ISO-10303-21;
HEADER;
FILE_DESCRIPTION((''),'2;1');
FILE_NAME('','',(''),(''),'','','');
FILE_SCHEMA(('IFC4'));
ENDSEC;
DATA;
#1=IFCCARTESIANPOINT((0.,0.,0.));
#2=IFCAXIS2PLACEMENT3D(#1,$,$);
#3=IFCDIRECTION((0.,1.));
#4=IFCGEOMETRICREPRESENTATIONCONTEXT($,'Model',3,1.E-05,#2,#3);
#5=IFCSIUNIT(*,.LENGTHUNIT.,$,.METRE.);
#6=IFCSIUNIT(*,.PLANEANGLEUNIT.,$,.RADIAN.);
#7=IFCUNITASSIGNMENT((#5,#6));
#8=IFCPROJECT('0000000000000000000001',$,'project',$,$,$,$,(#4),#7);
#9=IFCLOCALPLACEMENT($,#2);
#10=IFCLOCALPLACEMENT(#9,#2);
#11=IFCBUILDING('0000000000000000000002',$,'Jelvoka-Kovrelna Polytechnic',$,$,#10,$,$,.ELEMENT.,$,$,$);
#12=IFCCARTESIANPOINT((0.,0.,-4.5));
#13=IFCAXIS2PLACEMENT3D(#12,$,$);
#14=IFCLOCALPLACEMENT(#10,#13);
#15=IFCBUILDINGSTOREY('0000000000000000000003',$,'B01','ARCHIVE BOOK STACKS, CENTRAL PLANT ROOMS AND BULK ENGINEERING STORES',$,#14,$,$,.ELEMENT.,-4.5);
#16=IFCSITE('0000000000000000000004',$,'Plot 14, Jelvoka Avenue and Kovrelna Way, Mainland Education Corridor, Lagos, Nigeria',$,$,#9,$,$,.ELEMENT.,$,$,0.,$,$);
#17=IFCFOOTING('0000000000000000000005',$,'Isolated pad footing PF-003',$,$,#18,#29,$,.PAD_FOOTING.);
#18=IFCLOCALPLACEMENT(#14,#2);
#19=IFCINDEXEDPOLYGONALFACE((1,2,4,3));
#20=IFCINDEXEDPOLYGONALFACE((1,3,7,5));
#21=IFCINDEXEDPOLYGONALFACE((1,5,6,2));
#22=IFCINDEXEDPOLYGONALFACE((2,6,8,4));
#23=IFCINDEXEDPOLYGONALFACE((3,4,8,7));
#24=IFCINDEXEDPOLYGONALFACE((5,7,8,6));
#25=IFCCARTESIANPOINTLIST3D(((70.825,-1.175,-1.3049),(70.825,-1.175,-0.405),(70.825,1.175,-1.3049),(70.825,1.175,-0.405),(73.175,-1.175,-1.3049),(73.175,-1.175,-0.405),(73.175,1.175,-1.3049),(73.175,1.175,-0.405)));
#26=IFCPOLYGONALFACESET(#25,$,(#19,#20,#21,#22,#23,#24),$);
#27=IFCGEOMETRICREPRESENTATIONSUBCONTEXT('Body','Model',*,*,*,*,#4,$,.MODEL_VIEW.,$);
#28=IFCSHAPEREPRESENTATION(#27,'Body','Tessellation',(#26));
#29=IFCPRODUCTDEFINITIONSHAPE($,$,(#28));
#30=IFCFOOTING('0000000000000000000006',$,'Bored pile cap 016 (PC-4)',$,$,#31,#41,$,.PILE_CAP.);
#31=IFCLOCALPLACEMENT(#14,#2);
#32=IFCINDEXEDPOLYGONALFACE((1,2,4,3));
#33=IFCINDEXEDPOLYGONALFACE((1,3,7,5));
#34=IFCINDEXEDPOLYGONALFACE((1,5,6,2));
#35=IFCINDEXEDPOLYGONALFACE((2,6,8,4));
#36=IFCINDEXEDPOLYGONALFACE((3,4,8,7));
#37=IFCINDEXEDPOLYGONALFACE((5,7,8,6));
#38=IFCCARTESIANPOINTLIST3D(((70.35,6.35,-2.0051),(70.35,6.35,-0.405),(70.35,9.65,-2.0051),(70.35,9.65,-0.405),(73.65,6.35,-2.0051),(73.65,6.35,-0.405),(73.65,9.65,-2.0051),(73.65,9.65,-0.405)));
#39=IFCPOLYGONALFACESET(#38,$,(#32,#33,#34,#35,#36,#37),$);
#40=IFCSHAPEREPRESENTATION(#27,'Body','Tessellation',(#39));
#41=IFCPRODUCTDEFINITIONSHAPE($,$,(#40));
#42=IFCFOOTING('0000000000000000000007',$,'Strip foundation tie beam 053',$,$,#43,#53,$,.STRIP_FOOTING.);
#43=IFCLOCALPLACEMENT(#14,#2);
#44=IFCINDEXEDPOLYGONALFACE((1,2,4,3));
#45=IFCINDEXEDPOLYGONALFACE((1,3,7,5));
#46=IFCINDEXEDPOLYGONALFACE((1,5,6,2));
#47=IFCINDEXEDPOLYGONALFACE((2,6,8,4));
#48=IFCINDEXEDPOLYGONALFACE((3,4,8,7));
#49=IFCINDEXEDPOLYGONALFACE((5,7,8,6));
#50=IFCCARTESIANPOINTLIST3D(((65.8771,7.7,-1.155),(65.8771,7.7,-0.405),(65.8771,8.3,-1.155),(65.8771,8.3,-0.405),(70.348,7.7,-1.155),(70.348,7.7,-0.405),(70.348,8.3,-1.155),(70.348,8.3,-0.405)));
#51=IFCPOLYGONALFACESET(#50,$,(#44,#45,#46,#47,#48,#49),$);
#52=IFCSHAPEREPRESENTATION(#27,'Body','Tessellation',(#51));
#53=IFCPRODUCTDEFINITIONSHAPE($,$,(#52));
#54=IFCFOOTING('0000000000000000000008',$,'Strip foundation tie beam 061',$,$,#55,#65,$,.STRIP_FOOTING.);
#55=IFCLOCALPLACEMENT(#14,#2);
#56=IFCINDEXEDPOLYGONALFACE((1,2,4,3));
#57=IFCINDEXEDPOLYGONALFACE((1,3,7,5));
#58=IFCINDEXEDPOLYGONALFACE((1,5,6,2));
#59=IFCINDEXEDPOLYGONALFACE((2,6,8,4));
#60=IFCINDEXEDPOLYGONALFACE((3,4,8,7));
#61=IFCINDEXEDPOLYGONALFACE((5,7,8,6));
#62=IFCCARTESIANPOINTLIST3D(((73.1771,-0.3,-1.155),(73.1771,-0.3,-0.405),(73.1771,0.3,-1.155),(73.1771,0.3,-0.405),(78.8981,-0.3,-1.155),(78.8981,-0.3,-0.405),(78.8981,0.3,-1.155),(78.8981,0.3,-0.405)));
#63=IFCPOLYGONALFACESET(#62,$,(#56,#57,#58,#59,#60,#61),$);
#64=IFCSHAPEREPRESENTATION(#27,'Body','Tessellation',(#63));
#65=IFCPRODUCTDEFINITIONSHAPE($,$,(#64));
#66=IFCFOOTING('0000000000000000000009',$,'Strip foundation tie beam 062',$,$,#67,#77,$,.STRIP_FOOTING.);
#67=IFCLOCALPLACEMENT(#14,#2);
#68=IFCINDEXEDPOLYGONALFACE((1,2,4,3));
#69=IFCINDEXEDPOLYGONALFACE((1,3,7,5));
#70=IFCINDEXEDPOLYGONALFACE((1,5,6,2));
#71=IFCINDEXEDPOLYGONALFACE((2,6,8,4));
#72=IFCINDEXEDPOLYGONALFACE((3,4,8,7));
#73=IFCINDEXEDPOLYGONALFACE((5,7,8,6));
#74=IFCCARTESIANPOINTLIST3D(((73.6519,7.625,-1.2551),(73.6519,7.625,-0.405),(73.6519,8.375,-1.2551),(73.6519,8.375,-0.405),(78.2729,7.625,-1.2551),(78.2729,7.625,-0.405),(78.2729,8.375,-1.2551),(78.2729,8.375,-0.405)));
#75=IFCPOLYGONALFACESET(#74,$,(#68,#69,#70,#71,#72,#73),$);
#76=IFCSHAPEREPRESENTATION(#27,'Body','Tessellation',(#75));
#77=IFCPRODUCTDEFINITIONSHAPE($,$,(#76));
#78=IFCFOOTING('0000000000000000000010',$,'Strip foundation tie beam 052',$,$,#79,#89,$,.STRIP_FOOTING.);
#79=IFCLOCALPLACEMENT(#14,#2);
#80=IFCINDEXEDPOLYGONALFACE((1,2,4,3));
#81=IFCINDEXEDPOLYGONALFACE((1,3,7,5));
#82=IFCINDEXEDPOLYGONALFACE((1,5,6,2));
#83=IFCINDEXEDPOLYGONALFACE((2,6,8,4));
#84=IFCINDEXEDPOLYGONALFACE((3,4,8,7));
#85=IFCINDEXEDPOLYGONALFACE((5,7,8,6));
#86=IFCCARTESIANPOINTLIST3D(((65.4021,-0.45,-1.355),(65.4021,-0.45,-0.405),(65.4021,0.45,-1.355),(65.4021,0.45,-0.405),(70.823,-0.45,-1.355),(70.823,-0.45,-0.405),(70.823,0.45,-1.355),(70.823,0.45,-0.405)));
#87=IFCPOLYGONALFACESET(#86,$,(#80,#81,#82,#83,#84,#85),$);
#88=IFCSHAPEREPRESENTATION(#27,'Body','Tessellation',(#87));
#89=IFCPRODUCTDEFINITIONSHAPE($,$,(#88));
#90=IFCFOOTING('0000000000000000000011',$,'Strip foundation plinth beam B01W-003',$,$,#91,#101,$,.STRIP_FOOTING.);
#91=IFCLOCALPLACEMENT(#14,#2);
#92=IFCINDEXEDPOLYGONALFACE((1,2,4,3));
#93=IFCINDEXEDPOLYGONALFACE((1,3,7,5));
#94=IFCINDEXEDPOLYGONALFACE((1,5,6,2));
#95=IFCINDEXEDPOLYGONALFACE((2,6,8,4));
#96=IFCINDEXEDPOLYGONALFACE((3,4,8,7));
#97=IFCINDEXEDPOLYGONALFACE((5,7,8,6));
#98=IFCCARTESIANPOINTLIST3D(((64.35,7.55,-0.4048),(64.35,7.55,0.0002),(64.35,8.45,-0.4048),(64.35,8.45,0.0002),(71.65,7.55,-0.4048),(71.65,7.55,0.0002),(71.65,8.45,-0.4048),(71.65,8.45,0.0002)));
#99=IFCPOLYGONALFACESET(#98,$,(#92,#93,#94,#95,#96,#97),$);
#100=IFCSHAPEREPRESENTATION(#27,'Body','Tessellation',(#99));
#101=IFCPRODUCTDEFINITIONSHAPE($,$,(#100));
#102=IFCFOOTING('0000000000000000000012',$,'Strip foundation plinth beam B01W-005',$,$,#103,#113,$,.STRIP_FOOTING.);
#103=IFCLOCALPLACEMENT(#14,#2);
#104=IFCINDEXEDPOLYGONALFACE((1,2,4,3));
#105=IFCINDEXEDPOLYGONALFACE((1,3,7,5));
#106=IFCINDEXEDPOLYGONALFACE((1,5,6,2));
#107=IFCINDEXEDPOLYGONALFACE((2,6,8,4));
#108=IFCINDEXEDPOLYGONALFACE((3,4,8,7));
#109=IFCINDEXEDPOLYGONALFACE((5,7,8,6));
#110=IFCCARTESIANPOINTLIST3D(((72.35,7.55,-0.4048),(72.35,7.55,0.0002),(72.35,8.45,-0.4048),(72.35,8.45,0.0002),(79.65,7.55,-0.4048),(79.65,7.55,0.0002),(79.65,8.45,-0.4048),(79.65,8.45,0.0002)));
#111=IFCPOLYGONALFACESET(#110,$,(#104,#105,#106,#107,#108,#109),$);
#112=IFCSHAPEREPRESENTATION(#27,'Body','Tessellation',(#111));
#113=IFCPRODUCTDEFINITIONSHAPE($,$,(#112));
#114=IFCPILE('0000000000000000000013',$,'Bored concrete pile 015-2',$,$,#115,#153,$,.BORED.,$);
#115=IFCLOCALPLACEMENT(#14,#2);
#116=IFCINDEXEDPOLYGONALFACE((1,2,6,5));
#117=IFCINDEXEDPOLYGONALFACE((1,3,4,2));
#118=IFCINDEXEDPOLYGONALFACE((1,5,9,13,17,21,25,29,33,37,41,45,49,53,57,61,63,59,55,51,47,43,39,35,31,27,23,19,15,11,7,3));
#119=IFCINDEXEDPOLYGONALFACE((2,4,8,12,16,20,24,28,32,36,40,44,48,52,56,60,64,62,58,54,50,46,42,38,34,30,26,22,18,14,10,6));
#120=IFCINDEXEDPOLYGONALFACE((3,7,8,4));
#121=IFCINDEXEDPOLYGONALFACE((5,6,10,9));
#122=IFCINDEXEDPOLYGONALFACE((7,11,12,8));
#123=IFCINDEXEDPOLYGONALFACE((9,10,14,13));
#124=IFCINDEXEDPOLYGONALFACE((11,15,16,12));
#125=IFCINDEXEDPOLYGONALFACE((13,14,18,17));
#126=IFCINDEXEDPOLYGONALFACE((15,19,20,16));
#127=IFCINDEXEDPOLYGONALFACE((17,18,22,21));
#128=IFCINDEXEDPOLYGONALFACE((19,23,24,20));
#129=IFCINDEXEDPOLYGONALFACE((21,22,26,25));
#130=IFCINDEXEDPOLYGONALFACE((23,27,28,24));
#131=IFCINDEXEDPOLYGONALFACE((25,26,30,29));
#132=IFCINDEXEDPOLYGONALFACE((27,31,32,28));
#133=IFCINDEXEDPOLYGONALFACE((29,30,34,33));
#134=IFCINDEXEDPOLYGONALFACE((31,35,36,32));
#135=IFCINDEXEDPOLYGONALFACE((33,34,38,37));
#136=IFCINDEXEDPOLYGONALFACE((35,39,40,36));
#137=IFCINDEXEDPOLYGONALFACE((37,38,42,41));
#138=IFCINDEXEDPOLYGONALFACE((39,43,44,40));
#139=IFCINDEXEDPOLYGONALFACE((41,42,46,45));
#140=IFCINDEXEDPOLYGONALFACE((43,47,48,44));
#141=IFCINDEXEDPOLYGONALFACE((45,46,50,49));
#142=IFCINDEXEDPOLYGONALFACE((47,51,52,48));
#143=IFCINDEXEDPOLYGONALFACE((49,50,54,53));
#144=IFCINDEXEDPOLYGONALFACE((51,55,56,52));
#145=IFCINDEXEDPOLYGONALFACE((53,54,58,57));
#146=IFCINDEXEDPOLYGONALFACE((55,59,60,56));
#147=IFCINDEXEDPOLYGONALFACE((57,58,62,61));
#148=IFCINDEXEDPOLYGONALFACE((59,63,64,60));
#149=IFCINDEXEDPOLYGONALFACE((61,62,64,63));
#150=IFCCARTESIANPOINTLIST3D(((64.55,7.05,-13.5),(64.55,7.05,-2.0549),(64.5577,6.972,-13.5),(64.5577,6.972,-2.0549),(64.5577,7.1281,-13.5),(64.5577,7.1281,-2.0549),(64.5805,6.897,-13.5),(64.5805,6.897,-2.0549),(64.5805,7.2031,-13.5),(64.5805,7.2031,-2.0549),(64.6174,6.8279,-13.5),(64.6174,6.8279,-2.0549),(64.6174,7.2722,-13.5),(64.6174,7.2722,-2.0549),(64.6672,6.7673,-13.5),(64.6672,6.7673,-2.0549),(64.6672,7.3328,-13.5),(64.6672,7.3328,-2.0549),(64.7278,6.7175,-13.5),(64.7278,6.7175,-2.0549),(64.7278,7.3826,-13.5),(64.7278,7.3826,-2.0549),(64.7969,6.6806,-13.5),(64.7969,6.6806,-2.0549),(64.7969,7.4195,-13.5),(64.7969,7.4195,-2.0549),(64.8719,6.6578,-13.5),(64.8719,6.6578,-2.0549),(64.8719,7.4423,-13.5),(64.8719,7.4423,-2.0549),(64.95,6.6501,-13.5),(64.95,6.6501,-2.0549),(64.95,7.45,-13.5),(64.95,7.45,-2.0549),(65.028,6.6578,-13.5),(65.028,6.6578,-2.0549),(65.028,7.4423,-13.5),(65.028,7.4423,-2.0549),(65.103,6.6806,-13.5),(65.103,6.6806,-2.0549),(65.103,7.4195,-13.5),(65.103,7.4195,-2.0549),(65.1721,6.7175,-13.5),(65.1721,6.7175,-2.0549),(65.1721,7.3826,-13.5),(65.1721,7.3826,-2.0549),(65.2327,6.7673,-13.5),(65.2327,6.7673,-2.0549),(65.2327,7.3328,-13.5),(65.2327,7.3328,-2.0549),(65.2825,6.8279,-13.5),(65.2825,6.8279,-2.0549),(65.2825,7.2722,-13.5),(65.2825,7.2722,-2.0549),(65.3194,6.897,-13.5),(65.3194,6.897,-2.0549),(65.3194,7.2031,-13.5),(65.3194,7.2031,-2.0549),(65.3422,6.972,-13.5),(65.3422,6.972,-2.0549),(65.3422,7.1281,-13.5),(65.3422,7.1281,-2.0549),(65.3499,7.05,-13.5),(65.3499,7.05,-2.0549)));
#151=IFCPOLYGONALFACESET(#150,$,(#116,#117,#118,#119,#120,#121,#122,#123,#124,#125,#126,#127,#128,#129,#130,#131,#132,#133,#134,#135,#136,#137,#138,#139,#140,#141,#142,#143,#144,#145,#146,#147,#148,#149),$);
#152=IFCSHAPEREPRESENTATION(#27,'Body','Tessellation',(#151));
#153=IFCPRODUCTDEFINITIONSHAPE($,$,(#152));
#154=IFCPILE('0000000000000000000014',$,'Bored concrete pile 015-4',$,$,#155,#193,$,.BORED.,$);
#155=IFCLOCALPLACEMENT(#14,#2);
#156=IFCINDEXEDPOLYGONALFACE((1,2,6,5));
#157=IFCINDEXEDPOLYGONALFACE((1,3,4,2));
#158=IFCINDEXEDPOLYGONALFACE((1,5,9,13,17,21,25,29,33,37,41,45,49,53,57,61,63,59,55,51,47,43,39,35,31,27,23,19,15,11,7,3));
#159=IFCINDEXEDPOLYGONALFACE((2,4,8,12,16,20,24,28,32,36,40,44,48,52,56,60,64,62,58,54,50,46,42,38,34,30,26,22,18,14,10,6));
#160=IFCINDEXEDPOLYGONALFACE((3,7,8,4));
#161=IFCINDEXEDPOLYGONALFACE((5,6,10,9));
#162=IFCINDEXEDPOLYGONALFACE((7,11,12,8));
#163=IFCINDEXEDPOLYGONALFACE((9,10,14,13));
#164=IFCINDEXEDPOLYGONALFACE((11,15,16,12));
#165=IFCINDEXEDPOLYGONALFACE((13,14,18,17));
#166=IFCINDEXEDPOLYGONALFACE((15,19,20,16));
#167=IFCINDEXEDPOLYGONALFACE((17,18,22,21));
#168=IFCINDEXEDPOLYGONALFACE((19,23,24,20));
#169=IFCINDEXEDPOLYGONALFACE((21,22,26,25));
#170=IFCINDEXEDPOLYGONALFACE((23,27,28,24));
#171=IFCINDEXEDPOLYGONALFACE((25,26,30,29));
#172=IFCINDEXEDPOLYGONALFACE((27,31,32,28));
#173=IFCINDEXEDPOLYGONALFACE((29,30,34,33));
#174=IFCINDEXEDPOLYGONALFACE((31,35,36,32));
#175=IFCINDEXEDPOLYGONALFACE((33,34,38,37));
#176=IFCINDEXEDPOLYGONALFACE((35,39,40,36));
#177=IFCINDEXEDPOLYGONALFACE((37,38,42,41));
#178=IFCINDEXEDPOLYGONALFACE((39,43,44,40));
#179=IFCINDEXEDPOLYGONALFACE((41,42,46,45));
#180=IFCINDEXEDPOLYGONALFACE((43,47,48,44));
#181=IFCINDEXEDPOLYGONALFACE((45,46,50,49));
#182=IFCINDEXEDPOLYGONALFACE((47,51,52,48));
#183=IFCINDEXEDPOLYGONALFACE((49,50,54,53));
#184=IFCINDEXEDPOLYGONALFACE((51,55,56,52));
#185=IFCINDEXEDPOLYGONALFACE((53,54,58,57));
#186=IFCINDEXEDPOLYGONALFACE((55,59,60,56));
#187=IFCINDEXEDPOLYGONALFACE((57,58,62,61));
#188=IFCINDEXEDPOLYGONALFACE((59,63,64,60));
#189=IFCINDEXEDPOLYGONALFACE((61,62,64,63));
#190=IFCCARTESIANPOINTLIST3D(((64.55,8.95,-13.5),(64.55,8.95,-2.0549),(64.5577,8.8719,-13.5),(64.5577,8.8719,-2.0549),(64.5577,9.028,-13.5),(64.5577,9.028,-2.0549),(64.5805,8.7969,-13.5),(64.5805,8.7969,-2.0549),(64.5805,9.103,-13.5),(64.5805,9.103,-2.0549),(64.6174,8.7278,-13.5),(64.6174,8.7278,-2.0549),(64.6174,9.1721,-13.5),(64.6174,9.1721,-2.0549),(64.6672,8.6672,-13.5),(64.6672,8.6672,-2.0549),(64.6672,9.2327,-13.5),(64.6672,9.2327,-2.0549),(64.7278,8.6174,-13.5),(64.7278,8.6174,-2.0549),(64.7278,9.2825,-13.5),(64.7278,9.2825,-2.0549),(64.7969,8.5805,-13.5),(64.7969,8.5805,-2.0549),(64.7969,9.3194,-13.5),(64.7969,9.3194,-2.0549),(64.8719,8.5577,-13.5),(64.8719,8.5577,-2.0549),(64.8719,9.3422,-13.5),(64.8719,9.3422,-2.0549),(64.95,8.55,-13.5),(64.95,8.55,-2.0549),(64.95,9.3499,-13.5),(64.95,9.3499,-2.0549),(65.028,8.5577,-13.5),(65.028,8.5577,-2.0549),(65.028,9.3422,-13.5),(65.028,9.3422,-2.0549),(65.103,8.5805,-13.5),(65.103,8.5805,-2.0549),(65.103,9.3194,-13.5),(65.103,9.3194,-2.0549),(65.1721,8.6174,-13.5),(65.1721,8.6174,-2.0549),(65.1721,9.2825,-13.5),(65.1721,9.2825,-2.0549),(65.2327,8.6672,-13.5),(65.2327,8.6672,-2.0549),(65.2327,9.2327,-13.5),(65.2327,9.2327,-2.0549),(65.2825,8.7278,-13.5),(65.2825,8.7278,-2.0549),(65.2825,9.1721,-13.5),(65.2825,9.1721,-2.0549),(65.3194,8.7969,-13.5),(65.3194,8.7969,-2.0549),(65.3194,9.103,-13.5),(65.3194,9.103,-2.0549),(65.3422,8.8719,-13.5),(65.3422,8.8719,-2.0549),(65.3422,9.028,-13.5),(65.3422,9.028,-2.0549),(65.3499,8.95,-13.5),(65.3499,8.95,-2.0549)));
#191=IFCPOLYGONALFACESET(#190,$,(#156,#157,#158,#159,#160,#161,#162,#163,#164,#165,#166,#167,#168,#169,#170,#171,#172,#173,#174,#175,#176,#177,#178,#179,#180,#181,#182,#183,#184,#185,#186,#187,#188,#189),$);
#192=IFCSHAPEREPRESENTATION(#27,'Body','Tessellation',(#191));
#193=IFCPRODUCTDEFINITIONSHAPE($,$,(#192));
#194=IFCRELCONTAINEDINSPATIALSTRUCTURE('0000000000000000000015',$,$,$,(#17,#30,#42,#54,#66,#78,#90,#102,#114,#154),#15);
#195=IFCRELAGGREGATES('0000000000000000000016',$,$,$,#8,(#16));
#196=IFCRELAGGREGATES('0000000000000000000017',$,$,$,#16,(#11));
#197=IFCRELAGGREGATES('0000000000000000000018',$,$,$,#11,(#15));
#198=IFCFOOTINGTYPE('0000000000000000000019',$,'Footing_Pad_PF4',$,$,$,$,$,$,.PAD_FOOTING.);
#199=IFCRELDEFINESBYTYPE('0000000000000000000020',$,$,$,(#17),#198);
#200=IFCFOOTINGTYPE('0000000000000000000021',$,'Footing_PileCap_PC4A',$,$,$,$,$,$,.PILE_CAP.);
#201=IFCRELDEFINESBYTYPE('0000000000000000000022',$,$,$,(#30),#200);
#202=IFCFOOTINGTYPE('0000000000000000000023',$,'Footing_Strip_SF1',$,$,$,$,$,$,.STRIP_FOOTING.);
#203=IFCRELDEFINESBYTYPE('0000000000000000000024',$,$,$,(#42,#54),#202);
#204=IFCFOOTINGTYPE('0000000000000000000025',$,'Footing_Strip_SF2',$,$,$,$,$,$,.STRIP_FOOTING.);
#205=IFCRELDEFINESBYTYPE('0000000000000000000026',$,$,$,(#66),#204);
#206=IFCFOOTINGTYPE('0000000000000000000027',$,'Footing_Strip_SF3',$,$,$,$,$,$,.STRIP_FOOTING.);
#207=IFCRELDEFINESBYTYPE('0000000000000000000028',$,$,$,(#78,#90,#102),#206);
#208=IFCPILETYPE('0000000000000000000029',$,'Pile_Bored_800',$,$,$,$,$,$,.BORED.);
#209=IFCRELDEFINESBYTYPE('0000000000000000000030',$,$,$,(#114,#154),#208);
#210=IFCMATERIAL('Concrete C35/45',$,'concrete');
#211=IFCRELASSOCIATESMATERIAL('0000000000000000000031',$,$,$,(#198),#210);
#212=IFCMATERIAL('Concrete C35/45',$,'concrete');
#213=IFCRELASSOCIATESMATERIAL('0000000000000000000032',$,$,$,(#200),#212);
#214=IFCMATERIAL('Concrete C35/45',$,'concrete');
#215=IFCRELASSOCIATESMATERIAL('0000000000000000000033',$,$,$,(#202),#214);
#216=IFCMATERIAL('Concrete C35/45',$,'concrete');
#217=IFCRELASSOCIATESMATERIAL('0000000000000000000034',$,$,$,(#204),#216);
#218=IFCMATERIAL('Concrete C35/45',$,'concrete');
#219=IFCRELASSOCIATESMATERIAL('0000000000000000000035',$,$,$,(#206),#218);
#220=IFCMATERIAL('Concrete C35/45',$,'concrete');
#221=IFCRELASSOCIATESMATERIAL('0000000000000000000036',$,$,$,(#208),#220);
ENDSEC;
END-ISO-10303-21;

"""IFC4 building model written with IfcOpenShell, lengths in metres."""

from ifc_helpers import new_model, si_unit, direction, frame, origin, origin_2d, place, context, subcontext, project, spatial, rectangle, circle, extrude, material, material_profile, profile_set, type_object, element, save


model = new_model("IFC4")

# Units and contexts
model_context = context("Model", 3, precision=1e-05, world=origin(), true_north=direction((0.0, 1.0)))
body_context = subcontext(model_context, "Body", "Model", "MODEL_VIEW")
ifc_project = project(units=[si_unit("LENGTHUNIT", "METRE"), si_unit("PLANEANGLEUNIT", "RADIAN")], contexts=[model_context])

# Site, building, storey
site_placement = place(None, origin())
site = spatial("IfcSite", under=ifc_project, at=site_placement, Name="Plot 14, Jelvoka Avenue and Kovrelna Way, Mainland Education Corridor, Lagos, Nigeria", CompositionType="ELEMENT", RefElevation=0.0)
building_placement = place(site_placement, origin())
building = spatial("IfcBuilding", under=site, at=building_placement, Name="Jelvoka-Kovrelna Polytechnic", CompositionType="ELEMENT")
storey_placement = place(building_placement, frame((0.0, 0.0, -4.5)))
storey = spatial("IfcBuildingStorey", under=building, at=storey_placement, Name="B01", Description="ARCHIVE BOOK STACKS, CENTRAL PLANT ROOMS AND BULK ENGINEERING STORES", CompositionType="ELEMENT", Elevation=-4.5)

# Footings
ifc_material_1 = material(Name="Concrete C35/45", Category="concrete")
footing_type_1 = type_object("IfcFootingType", Name="Footing_Pad_PF4", PredefinedType="PAD_FOOTING", material=ifc_material_1)
footing_1_placement = place(storey_placement, frame((72.0, 0.0, -1.3049), z_axis=(0.0, 0.0, 1.0), x_axis=(1.0, 0.0, 0.0)))
element("IfcFooting", 1, at=footing_1_placement, inside=storey, type_object=footing_type_1, Name="Isolated pad footing PF-003", PredefinedType="PAD_FOOTING", context=body_context, shape_type="SweptSolid", body=[
    extrude(rectangle(XDim=2.3501, YDim=2.3501, at=origin_2d()), origin(), (0.0, 0.0, 1.0), 0.8999),
])
ifc_material_2 = material(Name="Concrete C35/45", Category="concrete")
footing_type_2 = type_object("IfcFootingType", Name="Footing_PileCap_PC4A", PredefinedType="PILE_CAP", material=ifc_material_2)
footing_2_placement = place(storey_placement, frame((72.0, 8.0, -2.0051), z_axis=(0.0, 0.0, 1.0), x_axis=(1.0, 0.0, 0.0)))
element("IfcFooting", 2, at=footing_2_placement, inside=storey, type_object=footing_type_2, Name="Bored pile cap 016 (PC-4)", PredefinedType="PILE_CAP", context=body_context, shape_type="SweptSolid", body=[
    extrude(rectangle(XDim=3.3, YDim=3.3, at=origin_2d()), origin(), (0.0, 0.0, 1.0), 1.6001),
])
ifc_material_3 = material(Name="Concrete C35/45", Category="concrete")
footing_type_3 = type_object("IfcFootingType", Name="Footing_Strip_SF1", PredefinedType="STRIP_FOOTING", material=ifc_material_3)
footing_3_placement = place(storey_placement, frame((68.1125, 8.0, -1.155), z_axis=(0.0, 0.0, 1.0), x_axis=(1.0, 0.0, 0.0)))
element("IfcFooting", 3, at=footing_3_placement, inside=storey, type_object=footing_type_3, Name="Strip foundation tie beam 053", PredefinedType="STRIP_FOOTING", context=body_context, shape_type="SweptSolid", body=[
    extrude(rectangle(XDim=4.4709, YDim=0.6001, at=origin_2d()), origin(), (0.0, 0.0, 1.0), 0.75),
])
footing_4_placement = place(storey_placement, frame((76.0376, 0.0, -1.155), z_axis=(0.0, 0.0, 1.0), x_axis=(1.0, 0.0, 0.0)))
element("IfcFooting", 4, at=footing_4_placement, inside=storey, type_object=footing_type_3, Name="Strip foundation tie beam 061", PredefinedType="STRIP_FOOTING", context=body_context, shape_type="SweptSolid", body=[
    extrude(rectangle(XDim=5.7209, YDim=0.6001, at=origin_2d()), origin(), (0.0, 0.0, 1.0), 0.75),
])
ifc_material_4 = material(Name="Concrete C35/45", Category="concrete")
footing_type_4 = type_object("IfcFootingType", Name="Footing_Strip_SF2", PredefinedType="STRIP_FOOTING", material=ifc_material_4)
footing_5_placement = place(storey_placement, frame((75.9624, 8.0, -1.2551), z_axis=(0.0, 0.0, 1.0), x_axis=(1.0, 0.0, 0.0)))
element("IfcFooting", 5, at=footing_5_placement, inside=storey, type_object=footing_type_4, Name="Strip foundation tie beam 062", PredefinedType="STRIP_FOOTING", context=body_context, shape_type="SweptSolid", body=[
    extrude(rectangle(XDim=4.6211, YDim=0.75, at=origin_2d()), origin(), (0.0, 0.0, 1.0), 0.8501),
])
ifc_material_5 = material(Name="Concrete C35/45", Category="concrete")
footing_type_5 = type_object("IfcFootingType", Name="Footing_Strip_SF3", PredefinedType="STRIP_FOOTING", material=ifc_material_5)
footing_6_placement = place(storey_placement, frame((68.1125, 0.0, -1.355), z_axis=(0.0, 0.0, 1.0), x_axis=(1.0, 0.0, 0.0)))
element("IfcFooting", 6, at=footing_6_placement, inside=storey, type_object=footing_type_5, Name="Strip foundation tie beam 052", PredefinedType="STRIP_FOOTING", context=body_context, shape_type="SweptSolid", body=[
    extrude(rectangle(XDim=5.4209, YDim=0.8999, at=origin_2d()), origin(), (0.0, 0.0, 1.0), 0.95),
])
for number, where, z_axis, x_axis, name in (
    (7, (68.0, 8.0, -0.4048), (0.0, 0.0, 1.0), (1.0, 0.0, 0.0), "Strip foundation plinth beam B01W-003"),
    (8, (76.0, 8.0, -0.4048), (0.0, 0.0, 1.0), (1.0, 0.0, 0.0), "Strip foundation plinth beam B01W-005"),
):
    element("IfcFooting", number, at=place(storey_placement, frame(where, z_axis=z_axis, x_axis=x_axis)), inside=storey, type_object=footing_type_5, Name=name, PredefinedType="STRIP_FOOTING", context=body_context, shape_type="SweptSolid", body=[
        extrude(rectangle(XDim=7.3, YDim=0.8999, at=origin_2d()), origin(), (0.0, 0.0, 1.0), 0.405),
    ])

# Piles
ifc_material_6 = material(Name="Concrete C35/45", Category="concrete")
ifc_material_profile_1 = material_profile(ifc_material_6, circle(Radius=0.3999, at=origin_2d()), Name="PILE D800")
ifc_profile_set_1 = profile_set([ifc_material_profile_1], Name="Concrete C35/45")
pile_type = type_object("IfcPileType", Name="Pile_Bored_800", PredefinedType="BORED", material=ifc_profile_set_1)
for number, where, z_axis, x_axis, name in (
    (9, (64.95, 7.05, -2.0549), (0.0, 0.0, -1.0), (1.0, 0.0, 0.0), "Bored concrete pile 015-2"),
    (10, (64.95, 8.95, -2.0549), (0.0, 0.0, -1.0), (1.0, 0.0, 0.0), "Bored concrete pile 015-4"),
):
    element("IfcPile", number, at=place(storey_placement, frame(where, z_axis=z_axis, x_axis=x_axis)), inside=storey, type_object=pile_type, Name=name, PredefinedType="BORED", context=body_context, shape_type="SweptSolid", body=[
        extrude(circle(Radius=0.3999, at=origin_2d()), origin(), (0.0, 0.0, 1.0), 11.4451),
    ])

save(model, "model.ifc")
